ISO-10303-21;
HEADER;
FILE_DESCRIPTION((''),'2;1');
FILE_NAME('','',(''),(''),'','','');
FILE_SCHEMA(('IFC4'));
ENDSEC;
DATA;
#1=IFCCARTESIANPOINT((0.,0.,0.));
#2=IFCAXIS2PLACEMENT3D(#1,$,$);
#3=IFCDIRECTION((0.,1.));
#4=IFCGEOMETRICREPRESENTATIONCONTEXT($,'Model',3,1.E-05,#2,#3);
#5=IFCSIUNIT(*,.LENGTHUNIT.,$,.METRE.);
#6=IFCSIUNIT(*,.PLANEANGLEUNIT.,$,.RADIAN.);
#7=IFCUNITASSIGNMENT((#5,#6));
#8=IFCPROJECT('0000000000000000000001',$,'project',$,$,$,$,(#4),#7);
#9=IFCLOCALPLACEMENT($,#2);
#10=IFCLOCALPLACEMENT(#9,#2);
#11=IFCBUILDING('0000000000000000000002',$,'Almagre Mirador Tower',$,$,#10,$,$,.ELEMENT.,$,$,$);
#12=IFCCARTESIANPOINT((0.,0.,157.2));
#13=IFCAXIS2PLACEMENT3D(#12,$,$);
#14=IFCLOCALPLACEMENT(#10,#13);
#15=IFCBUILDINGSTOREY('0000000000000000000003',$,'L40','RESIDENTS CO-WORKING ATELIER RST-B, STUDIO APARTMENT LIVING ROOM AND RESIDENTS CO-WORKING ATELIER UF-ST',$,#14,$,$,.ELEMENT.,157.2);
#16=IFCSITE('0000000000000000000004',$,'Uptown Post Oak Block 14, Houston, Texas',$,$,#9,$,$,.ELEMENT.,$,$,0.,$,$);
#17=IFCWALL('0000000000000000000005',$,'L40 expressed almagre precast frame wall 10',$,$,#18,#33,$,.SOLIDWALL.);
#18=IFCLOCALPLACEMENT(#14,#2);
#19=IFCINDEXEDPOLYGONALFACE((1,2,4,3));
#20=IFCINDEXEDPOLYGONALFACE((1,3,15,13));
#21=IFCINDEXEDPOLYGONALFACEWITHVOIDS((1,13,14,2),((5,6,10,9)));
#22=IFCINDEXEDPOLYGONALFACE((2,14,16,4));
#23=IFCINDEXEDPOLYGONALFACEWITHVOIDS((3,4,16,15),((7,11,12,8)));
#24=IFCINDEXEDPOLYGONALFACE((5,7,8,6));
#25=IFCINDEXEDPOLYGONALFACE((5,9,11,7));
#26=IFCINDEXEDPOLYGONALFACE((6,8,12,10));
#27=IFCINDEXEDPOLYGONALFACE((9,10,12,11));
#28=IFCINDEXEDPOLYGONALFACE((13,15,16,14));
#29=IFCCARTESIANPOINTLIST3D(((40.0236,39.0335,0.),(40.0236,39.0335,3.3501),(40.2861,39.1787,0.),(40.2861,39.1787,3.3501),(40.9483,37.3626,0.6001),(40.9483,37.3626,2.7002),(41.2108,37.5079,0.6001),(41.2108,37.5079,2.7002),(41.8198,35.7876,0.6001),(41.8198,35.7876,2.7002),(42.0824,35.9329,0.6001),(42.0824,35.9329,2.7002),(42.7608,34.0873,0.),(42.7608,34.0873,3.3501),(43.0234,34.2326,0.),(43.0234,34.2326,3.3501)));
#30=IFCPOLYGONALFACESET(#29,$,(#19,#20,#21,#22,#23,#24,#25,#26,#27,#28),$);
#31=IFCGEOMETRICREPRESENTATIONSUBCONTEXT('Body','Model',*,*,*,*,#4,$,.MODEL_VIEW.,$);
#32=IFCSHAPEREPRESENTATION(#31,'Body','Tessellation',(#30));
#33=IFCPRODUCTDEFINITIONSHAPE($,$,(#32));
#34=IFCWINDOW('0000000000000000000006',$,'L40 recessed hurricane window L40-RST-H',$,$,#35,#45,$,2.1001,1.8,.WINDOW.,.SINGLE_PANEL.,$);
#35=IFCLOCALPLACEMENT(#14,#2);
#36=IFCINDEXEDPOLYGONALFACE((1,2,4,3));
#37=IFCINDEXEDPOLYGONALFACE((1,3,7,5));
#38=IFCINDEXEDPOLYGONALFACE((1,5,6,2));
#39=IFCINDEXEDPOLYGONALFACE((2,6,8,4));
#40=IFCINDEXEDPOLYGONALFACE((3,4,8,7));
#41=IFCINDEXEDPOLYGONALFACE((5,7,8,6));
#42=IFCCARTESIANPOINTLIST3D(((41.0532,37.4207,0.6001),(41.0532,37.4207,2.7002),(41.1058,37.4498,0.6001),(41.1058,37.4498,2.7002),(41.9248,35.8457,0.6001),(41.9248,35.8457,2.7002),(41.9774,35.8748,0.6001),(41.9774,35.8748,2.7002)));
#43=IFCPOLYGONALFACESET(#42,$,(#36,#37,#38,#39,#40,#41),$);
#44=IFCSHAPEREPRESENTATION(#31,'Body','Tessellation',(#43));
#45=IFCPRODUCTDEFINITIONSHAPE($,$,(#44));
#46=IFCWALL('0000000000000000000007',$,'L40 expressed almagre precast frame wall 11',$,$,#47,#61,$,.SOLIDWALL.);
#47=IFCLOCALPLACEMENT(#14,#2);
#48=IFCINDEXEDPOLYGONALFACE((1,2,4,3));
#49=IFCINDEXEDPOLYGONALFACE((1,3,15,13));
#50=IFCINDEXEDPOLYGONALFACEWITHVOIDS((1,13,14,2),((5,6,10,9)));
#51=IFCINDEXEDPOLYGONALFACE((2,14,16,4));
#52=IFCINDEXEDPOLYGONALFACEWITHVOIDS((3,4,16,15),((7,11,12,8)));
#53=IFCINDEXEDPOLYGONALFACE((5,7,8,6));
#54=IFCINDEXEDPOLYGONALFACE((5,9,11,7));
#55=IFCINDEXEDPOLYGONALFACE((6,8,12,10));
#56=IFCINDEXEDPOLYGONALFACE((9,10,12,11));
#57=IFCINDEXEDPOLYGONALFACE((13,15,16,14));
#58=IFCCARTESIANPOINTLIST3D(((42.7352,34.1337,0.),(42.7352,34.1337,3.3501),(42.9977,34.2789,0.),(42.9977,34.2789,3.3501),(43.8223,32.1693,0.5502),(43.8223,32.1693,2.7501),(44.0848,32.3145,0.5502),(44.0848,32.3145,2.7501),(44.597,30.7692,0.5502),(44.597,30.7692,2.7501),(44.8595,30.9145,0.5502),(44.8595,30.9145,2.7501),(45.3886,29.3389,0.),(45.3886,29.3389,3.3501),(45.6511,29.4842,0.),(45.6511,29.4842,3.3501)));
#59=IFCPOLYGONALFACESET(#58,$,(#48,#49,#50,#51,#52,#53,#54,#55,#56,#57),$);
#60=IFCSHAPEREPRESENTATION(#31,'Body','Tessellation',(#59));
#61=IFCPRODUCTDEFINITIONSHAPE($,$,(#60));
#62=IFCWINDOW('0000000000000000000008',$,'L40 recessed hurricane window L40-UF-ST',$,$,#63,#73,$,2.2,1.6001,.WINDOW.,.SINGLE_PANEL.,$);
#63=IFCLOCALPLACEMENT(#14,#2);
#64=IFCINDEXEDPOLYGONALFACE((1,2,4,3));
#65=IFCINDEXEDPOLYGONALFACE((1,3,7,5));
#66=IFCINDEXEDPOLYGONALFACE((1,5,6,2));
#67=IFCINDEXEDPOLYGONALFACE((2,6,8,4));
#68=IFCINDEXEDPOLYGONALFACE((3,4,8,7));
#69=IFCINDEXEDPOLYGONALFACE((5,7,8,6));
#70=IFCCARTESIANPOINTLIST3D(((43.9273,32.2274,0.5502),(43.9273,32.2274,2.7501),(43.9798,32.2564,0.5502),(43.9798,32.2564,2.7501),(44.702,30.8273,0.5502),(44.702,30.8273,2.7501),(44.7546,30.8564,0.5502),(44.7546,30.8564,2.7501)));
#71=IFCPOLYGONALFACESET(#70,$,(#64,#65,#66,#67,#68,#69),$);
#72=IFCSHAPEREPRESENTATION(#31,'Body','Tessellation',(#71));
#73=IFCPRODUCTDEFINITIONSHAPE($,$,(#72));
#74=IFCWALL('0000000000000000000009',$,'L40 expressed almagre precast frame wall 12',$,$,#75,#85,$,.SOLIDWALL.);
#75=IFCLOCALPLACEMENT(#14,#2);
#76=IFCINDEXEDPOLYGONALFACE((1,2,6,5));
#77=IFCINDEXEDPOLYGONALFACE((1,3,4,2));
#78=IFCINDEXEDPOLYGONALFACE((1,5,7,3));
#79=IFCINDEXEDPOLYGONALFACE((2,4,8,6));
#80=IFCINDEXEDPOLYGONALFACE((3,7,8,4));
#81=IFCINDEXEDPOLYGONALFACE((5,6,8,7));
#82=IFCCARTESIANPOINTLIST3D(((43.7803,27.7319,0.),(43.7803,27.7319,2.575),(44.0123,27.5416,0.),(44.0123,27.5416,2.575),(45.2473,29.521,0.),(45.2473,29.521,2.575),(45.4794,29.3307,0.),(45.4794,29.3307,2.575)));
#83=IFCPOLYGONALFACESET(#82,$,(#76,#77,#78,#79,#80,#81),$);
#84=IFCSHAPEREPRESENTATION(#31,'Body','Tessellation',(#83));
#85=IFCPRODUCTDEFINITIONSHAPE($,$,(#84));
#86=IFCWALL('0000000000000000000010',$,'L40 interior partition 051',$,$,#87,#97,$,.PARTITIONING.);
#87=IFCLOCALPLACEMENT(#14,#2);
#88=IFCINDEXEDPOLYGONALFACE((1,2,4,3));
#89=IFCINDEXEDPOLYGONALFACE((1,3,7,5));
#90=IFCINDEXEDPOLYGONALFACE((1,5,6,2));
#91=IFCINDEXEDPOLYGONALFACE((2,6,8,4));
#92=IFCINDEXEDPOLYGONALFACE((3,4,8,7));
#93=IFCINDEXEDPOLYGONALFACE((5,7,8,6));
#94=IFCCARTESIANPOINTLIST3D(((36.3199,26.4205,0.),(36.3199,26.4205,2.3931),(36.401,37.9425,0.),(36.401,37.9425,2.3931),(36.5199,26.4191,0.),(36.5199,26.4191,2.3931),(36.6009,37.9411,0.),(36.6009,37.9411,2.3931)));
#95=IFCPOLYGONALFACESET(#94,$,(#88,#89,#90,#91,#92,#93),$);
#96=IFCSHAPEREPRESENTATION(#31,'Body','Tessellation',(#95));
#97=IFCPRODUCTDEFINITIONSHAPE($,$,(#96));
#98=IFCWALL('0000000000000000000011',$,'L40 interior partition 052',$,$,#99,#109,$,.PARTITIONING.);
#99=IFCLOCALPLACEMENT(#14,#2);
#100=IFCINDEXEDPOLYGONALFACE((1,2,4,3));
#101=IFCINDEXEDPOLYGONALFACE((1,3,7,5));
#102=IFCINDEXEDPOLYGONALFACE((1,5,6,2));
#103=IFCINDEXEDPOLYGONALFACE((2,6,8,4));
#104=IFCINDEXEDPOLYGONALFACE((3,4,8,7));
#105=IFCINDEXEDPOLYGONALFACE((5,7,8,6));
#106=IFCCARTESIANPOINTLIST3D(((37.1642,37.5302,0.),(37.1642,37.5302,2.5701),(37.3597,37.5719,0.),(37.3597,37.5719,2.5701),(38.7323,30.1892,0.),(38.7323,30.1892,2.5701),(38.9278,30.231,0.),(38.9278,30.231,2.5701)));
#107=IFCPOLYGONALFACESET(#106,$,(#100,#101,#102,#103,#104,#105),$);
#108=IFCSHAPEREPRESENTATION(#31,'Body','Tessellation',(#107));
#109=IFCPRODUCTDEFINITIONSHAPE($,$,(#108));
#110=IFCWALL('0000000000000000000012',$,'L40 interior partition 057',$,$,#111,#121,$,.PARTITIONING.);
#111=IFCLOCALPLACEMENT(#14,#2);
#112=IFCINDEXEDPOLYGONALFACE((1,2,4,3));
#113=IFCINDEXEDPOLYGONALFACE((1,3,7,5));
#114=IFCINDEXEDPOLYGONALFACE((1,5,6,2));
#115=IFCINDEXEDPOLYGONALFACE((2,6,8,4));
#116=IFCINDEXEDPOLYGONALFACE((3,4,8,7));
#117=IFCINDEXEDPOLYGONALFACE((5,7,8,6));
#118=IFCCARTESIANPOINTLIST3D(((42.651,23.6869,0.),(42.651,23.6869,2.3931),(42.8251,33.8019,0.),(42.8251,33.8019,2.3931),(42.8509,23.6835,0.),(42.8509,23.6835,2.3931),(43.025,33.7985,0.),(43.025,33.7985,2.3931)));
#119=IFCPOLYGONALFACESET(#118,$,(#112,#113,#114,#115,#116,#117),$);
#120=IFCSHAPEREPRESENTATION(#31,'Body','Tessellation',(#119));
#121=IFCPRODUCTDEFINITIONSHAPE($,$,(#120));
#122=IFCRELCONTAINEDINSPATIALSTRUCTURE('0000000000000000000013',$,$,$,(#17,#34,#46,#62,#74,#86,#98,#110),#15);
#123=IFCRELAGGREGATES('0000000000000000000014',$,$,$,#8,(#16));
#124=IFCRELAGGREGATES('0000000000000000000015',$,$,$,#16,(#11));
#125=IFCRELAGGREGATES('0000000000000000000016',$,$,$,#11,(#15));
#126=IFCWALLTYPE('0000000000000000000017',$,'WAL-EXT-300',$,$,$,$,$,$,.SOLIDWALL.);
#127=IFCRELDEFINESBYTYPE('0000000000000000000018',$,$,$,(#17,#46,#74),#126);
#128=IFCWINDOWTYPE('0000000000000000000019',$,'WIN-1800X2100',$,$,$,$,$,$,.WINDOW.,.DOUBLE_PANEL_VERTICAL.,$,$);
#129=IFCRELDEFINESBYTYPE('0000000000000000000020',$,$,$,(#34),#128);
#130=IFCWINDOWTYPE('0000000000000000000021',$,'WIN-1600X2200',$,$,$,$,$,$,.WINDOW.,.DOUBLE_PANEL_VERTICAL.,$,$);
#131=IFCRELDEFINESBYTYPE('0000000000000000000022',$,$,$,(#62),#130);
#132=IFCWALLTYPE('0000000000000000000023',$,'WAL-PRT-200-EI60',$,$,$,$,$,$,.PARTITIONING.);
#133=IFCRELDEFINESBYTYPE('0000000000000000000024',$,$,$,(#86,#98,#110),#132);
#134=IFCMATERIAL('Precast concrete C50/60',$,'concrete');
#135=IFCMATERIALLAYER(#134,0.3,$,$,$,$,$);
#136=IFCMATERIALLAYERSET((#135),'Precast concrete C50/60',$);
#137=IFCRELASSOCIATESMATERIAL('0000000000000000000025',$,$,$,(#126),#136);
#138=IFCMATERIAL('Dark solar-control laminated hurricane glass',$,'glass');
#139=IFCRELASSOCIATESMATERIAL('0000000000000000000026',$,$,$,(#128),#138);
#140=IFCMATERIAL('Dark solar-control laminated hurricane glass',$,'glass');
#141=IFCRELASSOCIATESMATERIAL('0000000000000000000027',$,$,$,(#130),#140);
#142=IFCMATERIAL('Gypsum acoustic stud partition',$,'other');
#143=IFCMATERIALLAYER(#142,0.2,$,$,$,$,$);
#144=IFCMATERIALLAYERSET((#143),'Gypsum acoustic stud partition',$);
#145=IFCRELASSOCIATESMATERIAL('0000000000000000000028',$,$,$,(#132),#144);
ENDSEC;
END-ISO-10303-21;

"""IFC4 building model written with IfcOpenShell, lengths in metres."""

from ifc_helpers import new_model, si_unit, direction, frame, frame_2d, origin, place, context, subcontext, project, spatial, rectangle, extrude, material, layer, layer_set, type_object, element, fill, save


model = new_model("IFC4")

# Units and contexts
model_context = context("Model", 3, precision=1e-05, world=origin(), true_north=direction((0.0, 1.0)))
body_context = subcontext(model_context, "Body", "Model", "MODEL_VIEW")
ifc_project = project(units=[si_unit("LENGTHUNIT", "METRE"), si_unit("PLANEANGLEUNIT", "RADIAN")], contexts=[model_context])

# Site, building, storey
site_placement = place(None, origin())
site = spatial("IfcSite", under=ifc_project, at=site_placement, Name="Uptown Post Oak Block 14, Houston, Texas", CompositionType="ELEMENT", RefElevation=0.0)
building_placement = place(site_placement, origin())
building = spatial("IfcBuilding", under=site, at=building_placement, Name="Almagre Mirador Tower", CompositionType="ELEMENT")
storey_placement = place(building_placement, frame((0.0, 0.0, 157.2)))
storey = spatial("IfcBuildingStorey", under=building, at=storey_placement, Name="L40", Description="RESIDENTS CO-WORKING ATELIER RST-B, STUDIO APARTMENT LIVING ROOM AND RESIDENTS CO-WORKING ATELIER UF-ST", CompositionType="ELEMENT", Elevation=157.2)

# Shared definitions
ifc_material_1 = material(Name="Precast concrete C50/60", Category="concrete")
ifc_layer_1 = layer(ifc_material_1, 0.3)
ifc_layer_set_1 = layer_set([ifc_layer_1], Name="Precast concrete C50/60")
wall_type_1 = type_object("IfcWallType", Name="WAL-EXT-300", PredefinedType="SOLIDWALL", material=ifc_layer_set_1)

# Walls, openings, windows
wall_1_placement = place(storey_placement, frame((40.1548, 39.1062, 0.0), z_axis=(0.0, 0.0, 1.0), x_axis=(0.484205, -0.874955, 0.0)))
wall_1 = element("IfcWall", 1, at=wall_1_placement, inside=storey, type_object=wall_type_1, Name="L40 expressed almagre precast frame wall 10", PredefinedType="SOLIDWALL", context=body_context, shape_type="SweptSolid", body=[
    extrude(rectangle(XDim=5.6531, YDim=0.3, at=frame_2d((2.8267, 0.0))), origin(), (0.0, 0.0, 1.0), 3.3501),
])
opening_1_placement = place(wall_1_placement, frame((1.9099, 0.0, 0.6001)))
opening_1 = element("IfcOpeningElement", 2, at=opening_1_placement, cuts=wall_1, PredefinedType="OPENING", context=body_context, shape_type="SweptSolid", body=[
    extrude(rectangle(XDim=1.8, YDim=2.1001, at=frame_2d((0.8999, 1.05))), frame((0.0, 0.1599, 0.0), z_axis=(0.0, -1.0, 0.0), x_axis=(1.0, 0.0, 0.0)), (0.0, 0.0, 1.0), 0.32),
])
ifc_material_2 = material(Name="Dark solar-control laminated hurricane glass", Category="glass")
window_type_1 = type_object("IfcWindowType", Name="WIN-1800X2100", PartitioningType="DOUBLE_PANEL_VERTICAL", PredefinedType="WINDOW", material=ifc_material_2)
window_1_placement = place(opening_1_placement, origin())
window_1 = element("IfcWindow", 3, at=window_1_placement, inside=storey, type_object=window_type_1, Name="L40 recessed hurricane window L40-RST-H", OverallHeight=2.1001, OverallWidth=1.8, PartitioningType="SINGLE_PANEL", PredefinedType="WINDOW", context=body_context, shape_type="SweptSolid", body=[
    extrude(rectangle(XDim=1.8, YDim=2.1001, at=frame_2d((0.8999, 1.05))), frame((0.0, 0.03, 0.0), z_axis=(0.0, -1.0, 0.0), x_axis=(1.0, 0.0, 0.0)), (0.0, 0.0, 1.0), 0.0601),
])
fill(opening_1, window_1)
wall_2_placement = place(storey_placement, frame((42.8665, 34.2063, 0.0), z_axis=(0.0, 0.0, 1.0), x_axis=(0.484193, -0.874961, 0.0)))
wall_2 = element("IfcWall", 4, at=wall_2_placement, inside=storey, type_object=wall_type_1, Name="L40 expressed almagre precast frame wall 11", PredefinedType="SOLIDWALL", context=body_context, shape_type="SweptSolid", body=[
    extrude(rectangle(XDim=5.48, YDim=0.3, at=frame_2d((2.74, 0.0))), origin(), (0.0, 0.0, 1.0), 3.3501),
])
opening_2_placement = place(wall_2_placement, frame((2.2451, 0.0, 0.55)))
opening_2 = element("IfcOpeningElement", 5, at=opening_2_placement, cuts=wall_2, PredefinedType="OPENING", context=body_context, shape_type="SweptSolid", body=[
    extrude(rectangle(XDim=1.6001, YDim=2.2, at=frame_2d((0.8, 1.1001))), frame((0.0, 0.1599, 0.0), z_axis=(0.0, -1.0, 0.0), x_axis=(1.0, 0.0, 0.0)), (0.0, 0.0, 1.0), 0.32),
])
ifc_material_3 = material(Name="Dark solar-control laminated hurricane glass", Category="glass")
window_type_2 = type_object("IfcWindowType", Name="WIN-1600X2200", PartitioningType="DOUBLE_PANEL_VERTICAL", PredefinedType="WINDOW", material=ifc_material_3)
window_2_placement = place(opening_2_placement, origin())
window_2 = element("IfcWindow", 6, at=window_2_placement, inside=storey, type_object=window_type_2, Name="L40 recessed hurricane window L40-UF-ST", OverallHeight=2.2, OverallWidth=1.6001, PartitioningType="SINGLE_PANEL", PredefinedType="WINDOW", context=body_context, shape_type="SweptSolid", body=[
    extrude(rectangle(XDim=1.6001, YDim=2.2, at=frame_2d((0.8, 1.1001))), frame((0.0, 0.03, 0.0), z_axis=(0.0, -1.0, 0.0), x_axis=(1.0, 0.0, 0.0)), (0.0, 0.0, 1.0), 0.0601),
])
fill(opening_2, window_2)

# Walls
wall_3_placement = place(storey_placement, frame((45.3633, 29.4258, 0.0), z_axis=(0.0, 0.0, 1.0), x_axis=(-0.634082, -0.773266, 0.0)))
element("IfcWall", 7, at=wall_3_placement, inside=storey, type_object=wall_type_1, Name="L40 expressed almagre precast frame wall 12", PredefinedType="SOLIDWALL", context=body_context, shape_type="SweptSolid", body=[
    extrude(rectangle(XDim=2.3137, YDim=0.3, at=frame_2d((1.1567, 0.0))), origin(), (0.0, 0.0, 1.0), 2.575),
])
ifc_material_4 = material(Name="Gypsum acoustic stud partition", Category="other")
ifc_layer_2 = layer(ifc_material_4, 0.2)
ifc_layer_set_2 = layer_set([ifc_layer_2], Name="Gypsum acoustic stud partition")
wall_type_2 = type_object("IfcWallType", Name="WAL-PRT-200-EI60", PredefinedType="PARTITIONING", material=ifc_layer_set_2)
wall_4_placement = place(storey_placement, frame((36.501, 37.9419, 0.0), z_axis=(0.0, 0.0, 1.0), x_axis=(-0.007035, -0.999975, 0.0)))
element("IfcWall", 8, at=wall_4_placement, inside=storey, type_object=wall_type_2, Name="L40 interior partition 051", PredefinedType="PARTITIONING", context=body_context, shape_type="SweptSolid", body=[
    extrude(rectangle(XDim=11.5222, YDim=0.2, at=frame_2d((5.7612, 0.0))), origin(), (0.0, 0.0, 1.0), 2.3931),
])
wall_5_placement = place(storey_placement, frame((38.8301, 30.21, 0.0), z_axis=(0.0, 0.0, 1.0), x_axis=(-0.208896, 0.977938, 0.0)))
element("IfcWall", 9, at=wall_5_placement, inside=storey, type_object=wall_type_2, Name="L40 interior partition 052", PredefinedType="PARTITIONING", context=body_context, shape_type="SweptSolid", body=[
    extrude(rectangle(XDim=7.5066, YDim=0.2, at=frame_2d((3.7534, 0.0))), origin(), (0.0, 0.0, 1.0), 2.5701),
])
wall_6_placement = place(storey_placement, frame((42.925, 33.8, 0.0), z_axis=(0.0, 0.0, 1.0), x_axis=(-0.017207, -0.999852, 0.0)))
element("IfcWall", 10, at=wall_6_placement, inside=storey, type_object=wall_type_2, Name="L40 interior partition 057", PredefinedType="PARTITIONING", context=body_context, shape_type="SweptSolid", body=[
    extrude(rectangle(XDim=10.1165, YDim=0.2, at=frame_2d((5.0581, 0.0))), origin(), (0.0, 0.0, 1.0), 2.3931),
])

save(model, "model.ifc")
